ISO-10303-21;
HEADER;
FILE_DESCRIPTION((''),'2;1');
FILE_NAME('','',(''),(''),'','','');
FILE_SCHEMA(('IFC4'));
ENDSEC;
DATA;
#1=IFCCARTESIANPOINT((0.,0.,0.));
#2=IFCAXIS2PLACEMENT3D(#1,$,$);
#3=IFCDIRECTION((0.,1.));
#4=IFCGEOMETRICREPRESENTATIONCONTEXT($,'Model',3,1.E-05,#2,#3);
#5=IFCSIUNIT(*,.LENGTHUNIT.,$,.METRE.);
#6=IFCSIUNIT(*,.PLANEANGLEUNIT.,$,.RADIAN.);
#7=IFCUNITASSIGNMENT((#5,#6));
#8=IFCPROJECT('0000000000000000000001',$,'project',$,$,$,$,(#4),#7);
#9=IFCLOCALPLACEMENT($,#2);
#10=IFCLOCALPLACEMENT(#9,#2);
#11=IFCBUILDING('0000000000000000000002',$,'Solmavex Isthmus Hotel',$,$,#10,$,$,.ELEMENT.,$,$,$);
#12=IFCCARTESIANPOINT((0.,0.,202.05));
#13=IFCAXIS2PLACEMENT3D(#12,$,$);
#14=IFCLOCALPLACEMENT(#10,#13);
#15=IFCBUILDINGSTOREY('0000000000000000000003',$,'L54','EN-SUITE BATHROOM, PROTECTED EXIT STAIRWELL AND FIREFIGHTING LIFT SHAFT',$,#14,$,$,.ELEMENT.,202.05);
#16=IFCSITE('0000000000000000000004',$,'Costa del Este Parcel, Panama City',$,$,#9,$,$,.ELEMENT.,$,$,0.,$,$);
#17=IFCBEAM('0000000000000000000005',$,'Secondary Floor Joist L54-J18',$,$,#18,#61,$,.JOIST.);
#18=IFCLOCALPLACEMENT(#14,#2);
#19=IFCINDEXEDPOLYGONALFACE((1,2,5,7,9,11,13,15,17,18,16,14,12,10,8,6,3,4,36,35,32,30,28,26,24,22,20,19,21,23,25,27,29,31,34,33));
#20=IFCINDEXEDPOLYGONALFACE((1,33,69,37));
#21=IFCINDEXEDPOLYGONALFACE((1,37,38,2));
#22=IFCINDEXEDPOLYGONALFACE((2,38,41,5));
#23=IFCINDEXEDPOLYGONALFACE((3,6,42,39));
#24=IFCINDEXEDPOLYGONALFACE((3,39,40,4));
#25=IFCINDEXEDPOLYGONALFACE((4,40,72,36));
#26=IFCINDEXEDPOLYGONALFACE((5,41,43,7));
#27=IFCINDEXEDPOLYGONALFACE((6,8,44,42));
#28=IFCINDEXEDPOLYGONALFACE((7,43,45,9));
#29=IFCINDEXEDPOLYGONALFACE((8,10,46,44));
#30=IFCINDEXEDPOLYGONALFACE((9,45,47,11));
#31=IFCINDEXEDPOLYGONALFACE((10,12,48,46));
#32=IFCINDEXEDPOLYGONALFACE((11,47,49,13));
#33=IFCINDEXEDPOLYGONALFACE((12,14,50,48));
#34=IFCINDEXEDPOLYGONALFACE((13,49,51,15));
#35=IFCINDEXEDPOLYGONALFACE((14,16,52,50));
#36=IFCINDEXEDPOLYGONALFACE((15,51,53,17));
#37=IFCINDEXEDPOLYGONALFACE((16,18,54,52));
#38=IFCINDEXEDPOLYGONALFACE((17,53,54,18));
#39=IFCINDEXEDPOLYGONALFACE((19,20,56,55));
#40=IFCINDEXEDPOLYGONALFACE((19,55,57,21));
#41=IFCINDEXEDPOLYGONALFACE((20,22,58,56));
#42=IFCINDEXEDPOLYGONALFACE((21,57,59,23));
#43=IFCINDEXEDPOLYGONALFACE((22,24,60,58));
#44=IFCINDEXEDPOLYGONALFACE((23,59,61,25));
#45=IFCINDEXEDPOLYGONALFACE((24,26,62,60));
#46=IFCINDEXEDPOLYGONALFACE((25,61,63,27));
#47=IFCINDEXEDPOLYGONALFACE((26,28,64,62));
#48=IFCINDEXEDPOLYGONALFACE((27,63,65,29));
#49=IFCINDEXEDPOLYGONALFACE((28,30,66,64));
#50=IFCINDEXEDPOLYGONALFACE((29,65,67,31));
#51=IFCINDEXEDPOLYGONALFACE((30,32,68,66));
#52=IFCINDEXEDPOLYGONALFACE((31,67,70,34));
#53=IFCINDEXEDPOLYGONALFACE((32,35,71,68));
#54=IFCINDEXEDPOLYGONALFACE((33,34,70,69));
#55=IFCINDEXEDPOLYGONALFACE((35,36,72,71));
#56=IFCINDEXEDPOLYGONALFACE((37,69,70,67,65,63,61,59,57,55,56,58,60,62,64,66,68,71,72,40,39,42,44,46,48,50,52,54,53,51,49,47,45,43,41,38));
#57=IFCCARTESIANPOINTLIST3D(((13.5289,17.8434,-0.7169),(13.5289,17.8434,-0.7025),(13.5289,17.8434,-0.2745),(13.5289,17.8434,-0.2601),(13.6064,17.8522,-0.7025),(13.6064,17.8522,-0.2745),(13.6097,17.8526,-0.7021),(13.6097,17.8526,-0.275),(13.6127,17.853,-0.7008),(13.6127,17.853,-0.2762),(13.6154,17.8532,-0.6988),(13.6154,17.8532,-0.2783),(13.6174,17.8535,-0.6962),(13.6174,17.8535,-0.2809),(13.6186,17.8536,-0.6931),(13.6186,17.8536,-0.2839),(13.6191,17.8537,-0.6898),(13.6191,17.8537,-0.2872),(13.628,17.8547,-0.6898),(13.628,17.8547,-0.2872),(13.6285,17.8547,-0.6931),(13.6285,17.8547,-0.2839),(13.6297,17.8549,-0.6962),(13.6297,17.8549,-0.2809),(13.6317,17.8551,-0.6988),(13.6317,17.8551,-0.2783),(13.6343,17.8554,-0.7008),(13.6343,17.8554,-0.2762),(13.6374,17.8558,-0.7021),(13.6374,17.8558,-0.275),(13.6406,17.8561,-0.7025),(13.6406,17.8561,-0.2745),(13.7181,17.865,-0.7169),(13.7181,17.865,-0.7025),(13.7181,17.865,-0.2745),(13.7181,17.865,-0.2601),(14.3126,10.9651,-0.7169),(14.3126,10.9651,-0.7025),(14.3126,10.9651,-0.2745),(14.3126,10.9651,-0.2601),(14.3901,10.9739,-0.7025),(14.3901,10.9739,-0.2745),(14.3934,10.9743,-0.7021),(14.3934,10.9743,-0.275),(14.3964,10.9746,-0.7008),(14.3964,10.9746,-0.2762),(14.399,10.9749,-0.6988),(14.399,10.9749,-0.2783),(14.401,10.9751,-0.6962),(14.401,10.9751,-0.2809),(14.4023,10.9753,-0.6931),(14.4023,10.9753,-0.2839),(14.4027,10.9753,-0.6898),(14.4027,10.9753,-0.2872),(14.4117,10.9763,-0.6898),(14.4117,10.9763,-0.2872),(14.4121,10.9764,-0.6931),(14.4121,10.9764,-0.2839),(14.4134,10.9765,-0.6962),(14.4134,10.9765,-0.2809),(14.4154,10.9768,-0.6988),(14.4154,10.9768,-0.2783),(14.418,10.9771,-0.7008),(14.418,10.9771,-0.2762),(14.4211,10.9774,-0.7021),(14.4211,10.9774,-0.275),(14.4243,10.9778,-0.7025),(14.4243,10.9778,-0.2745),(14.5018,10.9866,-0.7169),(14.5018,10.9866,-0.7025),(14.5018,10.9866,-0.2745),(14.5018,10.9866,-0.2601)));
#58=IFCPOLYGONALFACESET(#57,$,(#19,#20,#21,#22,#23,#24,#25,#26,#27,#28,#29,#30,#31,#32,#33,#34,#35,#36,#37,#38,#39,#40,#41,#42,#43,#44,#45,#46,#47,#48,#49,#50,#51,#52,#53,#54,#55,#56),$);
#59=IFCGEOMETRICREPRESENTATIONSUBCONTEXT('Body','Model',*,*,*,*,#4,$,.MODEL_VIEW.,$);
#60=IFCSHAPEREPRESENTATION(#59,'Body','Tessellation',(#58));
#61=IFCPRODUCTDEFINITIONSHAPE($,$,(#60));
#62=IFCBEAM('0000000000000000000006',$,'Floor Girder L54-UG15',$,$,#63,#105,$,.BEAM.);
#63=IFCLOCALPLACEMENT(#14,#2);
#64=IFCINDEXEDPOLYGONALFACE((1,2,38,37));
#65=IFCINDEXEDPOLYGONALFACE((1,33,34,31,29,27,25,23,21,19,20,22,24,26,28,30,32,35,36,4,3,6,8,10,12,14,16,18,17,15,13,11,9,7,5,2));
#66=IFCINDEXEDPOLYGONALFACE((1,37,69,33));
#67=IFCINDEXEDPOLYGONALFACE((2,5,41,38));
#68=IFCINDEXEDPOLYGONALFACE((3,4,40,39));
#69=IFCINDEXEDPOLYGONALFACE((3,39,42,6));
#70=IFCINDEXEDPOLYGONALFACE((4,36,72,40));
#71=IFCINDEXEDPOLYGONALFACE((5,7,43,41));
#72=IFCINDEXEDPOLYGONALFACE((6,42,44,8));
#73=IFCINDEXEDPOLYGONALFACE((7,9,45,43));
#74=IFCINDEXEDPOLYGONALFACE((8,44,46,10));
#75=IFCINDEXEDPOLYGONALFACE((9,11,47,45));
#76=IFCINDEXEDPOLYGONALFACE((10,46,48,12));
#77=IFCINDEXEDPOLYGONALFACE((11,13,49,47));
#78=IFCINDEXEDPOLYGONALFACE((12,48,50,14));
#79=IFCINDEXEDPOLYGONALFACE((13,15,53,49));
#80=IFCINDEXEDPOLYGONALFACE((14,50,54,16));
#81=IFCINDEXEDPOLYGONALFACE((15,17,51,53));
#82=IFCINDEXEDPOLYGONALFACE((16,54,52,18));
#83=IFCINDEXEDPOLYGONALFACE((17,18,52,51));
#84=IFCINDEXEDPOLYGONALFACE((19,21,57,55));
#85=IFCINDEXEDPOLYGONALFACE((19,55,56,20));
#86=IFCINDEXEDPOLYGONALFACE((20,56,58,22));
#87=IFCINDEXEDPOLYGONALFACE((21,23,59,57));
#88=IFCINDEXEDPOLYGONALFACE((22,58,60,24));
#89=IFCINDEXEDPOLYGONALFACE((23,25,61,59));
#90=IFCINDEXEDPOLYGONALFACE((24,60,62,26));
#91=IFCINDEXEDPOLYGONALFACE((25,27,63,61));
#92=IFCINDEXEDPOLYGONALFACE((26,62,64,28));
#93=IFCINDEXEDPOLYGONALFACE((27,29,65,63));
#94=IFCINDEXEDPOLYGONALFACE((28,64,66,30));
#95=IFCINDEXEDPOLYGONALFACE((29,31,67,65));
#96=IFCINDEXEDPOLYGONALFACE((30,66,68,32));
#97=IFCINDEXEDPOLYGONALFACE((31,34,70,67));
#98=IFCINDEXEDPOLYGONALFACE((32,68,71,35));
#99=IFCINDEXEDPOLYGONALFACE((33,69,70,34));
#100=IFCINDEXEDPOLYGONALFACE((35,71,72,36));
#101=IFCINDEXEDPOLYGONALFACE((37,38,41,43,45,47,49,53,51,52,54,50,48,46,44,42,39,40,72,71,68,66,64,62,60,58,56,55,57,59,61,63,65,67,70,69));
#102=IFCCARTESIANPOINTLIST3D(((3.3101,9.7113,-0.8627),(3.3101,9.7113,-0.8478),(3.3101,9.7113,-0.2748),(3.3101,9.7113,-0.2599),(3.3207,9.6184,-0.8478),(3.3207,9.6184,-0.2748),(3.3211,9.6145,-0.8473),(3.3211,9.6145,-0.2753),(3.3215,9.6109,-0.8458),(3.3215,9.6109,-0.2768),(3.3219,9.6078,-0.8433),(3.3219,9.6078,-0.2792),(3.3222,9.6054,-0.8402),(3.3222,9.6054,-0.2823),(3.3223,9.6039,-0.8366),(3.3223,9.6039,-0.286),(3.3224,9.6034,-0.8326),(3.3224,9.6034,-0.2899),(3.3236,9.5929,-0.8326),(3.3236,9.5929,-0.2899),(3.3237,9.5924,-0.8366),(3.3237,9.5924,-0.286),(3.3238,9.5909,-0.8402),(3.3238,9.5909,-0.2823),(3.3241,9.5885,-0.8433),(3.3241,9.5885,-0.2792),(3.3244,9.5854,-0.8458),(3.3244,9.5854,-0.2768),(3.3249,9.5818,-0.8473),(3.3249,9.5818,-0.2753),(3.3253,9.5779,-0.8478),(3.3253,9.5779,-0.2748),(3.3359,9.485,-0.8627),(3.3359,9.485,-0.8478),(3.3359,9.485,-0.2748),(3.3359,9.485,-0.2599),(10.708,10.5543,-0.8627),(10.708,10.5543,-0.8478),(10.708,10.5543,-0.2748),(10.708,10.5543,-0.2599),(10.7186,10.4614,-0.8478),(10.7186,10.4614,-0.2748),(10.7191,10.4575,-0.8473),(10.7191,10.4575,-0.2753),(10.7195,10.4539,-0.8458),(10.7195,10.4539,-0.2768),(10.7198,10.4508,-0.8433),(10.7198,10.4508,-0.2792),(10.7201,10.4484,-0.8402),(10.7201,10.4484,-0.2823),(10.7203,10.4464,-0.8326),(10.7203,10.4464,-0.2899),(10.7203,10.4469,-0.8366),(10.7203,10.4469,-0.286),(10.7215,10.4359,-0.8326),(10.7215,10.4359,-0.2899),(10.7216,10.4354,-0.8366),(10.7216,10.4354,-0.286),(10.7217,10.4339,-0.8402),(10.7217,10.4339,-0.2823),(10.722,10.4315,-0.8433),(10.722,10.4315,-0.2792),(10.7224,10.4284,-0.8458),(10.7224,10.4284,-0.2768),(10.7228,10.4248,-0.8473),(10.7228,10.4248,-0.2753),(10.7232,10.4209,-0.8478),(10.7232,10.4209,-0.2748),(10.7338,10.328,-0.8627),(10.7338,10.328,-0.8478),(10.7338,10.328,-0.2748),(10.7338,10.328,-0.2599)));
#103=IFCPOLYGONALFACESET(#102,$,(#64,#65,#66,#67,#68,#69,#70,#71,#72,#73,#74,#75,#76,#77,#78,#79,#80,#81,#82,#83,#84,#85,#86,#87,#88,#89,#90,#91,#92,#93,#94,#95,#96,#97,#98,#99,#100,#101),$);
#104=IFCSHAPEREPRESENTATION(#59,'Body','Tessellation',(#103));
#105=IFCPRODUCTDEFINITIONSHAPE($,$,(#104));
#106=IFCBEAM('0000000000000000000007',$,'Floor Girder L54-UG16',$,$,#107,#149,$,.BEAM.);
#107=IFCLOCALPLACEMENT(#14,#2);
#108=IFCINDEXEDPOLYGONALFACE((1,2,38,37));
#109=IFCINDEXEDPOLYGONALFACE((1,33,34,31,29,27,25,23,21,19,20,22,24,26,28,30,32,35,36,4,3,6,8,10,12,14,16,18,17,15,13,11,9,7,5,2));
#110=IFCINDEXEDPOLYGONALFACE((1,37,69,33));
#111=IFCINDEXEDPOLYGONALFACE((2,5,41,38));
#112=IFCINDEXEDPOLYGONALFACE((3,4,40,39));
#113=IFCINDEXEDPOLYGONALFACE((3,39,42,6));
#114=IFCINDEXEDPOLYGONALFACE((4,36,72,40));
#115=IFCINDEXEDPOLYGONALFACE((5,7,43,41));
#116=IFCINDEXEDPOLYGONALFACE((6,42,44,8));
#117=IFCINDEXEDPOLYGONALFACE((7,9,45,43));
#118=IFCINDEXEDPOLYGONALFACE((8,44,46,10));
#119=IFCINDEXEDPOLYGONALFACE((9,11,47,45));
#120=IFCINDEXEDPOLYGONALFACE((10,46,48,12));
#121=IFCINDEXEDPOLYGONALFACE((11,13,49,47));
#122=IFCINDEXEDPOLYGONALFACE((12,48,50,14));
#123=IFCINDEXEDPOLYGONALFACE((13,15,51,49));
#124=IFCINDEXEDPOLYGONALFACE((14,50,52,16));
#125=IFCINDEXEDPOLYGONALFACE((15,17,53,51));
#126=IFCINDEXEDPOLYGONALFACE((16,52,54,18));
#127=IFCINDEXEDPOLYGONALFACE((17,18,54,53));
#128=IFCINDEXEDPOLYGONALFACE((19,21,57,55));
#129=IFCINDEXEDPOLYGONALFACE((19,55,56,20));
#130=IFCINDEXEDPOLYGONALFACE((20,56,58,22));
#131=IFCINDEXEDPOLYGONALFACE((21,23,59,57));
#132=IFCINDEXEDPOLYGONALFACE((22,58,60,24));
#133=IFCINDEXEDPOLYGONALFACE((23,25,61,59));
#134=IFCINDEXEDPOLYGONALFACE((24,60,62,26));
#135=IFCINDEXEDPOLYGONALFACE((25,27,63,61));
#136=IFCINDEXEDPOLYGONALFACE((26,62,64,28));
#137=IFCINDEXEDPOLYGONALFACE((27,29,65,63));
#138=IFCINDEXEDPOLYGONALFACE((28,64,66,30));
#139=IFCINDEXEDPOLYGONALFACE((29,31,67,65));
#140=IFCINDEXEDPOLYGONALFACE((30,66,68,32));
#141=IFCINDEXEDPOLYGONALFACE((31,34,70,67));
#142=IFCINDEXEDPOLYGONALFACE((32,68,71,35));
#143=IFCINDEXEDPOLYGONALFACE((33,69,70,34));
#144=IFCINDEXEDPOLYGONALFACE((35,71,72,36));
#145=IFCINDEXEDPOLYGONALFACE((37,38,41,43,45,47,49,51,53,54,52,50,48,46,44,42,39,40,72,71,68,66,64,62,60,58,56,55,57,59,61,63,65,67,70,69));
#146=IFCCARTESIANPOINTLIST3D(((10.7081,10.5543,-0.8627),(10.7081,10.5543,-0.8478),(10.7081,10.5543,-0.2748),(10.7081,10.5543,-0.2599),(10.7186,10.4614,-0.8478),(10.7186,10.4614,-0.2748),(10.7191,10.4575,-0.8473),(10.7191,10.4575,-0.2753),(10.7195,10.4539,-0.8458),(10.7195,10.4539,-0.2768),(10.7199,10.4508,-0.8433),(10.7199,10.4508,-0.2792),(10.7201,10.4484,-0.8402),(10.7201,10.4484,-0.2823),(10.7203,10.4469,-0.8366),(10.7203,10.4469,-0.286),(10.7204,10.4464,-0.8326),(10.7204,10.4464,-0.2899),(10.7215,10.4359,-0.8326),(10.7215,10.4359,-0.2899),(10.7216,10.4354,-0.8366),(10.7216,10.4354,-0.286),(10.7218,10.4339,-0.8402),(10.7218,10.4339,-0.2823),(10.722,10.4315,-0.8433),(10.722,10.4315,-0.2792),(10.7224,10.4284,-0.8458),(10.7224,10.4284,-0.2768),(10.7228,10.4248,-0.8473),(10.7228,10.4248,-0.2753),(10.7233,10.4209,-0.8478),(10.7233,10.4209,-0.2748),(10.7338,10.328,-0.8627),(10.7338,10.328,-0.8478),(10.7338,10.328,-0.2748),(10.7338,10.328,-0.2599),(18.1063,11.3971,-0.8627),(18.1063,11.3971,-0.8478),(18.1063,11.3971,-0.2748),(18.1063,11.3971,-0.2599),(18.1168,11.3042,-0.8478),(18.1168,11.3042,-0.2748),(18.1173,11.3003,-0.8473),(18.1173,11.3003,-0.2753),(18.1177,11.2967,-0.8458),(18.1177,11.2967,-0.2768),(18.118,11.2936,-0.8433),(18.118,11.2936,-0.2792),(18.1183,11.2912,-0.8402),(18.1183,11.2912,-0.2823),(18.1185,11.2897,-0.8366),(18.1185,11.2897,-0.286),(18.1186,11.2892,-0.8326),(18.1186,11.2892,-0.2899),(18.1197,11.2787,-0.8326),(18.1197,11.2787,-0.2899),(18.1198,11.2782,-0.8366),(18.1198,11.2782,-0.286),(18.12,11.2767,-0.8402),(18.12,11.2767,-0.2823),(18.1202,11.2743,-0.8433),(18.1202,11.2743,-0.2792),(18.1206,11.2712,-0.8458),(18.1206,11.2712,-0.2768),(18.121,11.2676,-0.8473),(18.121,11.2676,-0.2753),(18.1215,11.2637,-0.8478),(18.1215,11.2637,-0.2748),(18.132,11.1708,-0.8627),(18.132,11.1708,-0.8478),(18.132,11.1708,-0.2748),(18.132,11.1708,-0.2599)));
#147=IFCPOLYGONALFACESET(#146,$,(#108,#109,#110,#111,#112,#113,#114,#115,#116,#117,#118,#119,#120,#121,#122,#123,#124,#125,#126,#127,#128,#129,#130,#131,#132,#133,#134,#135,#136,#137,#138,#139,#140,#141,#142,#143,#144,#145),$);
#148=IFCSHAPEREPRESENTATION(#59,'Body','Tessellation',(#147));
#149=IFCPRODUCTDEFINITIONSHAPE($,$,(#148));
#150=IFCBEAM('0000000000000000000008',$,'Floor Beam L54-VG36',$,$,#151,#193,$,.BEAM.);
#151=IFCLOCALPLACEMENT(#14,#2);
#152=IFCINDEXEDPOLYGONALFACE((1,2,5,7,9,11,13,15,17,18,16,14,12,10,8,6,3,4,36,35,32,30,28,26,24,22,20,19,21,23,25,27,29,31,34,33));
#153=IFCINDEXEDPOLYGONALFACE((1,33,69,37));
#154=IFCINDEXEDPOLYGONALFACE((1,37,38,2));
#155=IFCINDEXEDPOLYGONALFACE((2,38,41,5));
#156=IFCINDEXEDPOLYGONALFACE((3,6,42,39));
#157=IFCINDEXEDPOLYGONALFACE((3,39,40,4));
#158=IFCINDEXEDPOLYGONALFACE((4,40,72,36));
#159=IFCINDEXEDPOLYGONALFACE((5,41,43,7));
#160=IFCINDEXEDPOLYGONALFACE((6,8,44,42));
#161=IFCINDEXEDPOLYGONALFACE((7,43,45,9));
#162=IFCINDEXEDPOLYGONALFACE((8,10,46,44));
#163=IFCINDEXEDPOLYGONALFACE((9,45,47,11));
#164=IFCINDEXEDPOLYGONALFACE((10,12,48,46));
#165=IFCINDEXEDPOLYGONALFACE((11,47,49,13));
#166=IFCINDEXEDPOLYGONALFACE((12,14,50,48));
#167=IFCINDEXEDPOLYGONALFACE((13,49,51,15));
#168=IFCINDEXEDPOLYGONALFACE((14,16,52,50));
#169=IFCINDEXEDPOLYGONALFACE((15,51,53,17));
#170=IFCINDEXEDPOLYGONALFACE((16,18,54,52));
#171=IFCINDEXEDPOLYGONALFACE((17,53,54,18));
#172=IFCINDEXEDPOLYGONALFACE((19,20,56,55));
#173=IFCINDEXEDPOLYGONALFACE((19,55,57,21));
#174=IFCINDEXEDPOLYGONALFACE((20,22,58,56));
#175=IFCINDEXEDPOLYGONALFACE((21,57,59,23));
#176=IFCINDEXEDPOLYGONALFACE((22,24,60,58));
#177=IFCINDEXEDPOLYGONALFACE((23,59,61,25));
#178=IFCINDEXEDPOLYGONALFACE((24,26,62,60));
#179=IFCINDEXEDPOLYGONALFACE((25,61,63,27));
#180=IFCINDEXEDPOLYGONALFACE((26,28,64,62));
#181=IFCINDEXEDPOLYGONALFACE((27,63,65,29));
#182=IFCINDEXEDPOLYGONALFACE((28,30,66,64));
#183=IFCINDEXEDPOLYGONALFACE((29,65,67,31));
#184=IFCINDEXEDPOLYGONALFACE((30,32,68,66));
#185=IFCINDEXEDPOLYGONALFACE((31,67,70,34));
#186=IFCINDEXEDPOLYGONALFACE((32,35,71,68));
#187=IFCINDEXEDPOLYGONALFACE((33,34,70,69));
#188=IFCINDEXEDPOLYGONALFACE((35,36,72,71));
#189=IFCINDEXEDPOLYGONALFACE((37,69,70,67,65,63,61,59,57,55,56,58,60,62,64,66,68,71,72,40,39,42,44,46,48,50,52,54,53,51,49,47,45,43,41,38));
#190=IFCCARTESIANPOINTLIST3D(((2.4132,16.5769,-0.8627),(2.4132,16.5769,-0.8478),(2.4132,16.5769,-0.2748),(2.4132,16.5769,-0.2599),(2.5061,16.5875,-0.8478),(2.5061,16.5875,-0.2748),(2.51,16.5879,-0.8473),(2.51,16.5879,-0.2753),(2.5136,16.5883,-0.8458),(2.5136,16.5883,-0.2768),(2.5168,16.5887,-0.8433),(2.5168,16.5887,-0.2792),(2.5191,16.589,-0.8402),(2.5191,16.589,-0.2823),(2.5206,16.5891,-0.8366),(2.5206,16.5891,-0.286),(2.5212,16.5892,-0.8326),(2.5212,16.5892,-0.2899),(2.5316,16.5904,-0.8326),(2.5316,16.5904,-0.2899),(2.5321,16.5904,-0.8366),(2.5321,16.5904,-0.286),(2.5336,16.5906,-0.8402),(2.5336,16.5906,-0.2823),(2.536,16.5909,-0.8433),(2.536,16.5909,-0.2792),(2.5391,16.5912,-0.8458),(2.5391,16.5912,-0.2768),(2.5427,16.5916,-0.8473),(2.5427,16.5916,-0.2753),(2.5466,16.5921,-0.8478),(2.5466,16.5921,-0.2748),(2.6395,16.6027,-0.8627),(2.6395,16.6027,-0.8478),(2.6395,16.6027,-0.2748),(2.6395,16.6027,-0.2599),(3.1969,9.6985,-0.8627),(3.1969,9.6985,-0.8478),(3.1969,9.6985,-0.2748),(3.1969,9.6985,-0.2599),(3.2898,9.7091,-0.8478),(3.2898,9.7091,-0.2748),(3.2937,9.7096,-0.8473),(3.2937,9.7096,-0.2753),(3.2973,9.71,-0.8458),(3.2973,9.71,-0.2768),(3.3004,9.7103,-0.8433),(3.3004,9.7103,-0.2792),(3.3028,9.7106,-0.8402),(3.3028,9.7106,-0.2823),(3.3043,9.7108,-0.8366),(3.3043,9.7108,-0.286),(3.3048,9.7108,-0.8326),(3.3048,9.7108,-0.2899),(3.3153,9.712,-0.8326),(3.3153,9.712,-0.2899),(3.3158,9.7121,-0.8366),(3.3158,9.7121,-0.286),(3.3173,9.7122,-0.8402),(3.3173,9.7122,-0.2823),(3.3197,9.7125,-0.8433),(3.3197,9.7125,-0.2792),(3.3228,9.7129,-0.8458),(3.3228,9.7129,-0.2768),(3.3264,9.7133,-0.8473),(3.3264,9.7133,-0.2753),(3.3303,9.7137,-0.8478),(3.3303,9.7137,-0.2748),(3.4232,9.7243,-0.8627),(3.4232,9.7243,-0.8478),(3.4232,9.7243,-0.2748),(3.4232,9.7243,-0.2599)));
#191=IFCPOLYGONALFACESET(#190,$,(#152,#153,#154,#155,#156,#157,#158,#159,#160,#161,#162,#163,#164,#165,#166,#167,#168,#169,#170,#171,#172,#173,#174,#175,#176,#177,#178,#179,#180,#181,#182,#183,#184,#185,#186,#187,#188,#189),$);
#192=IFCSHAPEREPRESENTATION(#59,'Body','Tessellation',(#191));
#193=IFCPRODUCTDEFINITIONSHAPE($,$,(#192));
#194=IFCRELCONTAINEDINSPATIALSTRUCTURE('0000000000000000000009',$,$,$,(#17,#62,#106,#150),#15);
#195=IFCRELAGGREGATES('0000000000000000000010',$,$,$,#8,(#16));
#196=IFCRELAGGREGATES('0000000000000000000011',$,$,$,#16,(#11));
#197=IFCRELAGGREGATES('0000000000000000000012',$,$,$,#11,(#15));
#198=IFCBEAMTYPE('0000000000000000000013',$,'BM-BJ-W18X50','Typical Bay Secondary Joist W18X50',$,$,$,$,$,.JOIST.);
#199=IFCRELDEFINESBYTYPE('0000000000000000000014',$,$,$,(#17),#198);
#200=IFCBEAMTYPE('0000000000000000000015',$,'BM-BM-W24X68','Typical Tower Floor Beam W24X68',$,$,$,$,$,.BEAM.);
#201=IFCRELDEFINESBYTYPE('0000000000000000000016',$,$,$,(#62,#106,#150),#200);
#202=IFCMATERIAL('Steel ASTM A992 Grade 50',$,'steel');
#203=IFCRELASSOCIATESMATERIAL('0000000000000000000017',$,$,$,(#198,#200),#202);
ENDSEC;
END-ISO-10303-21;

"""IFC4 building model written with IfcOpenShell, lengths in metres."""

from ifc_helpers import new_model, si_unit, direction, frame, origin, origin_2d, place, context, subcontext, project, spatial, i_section, extrude, material, material_profile, profile_set, type_object, element, save


model = new_model("IFC4")

# Units and contexts
model_context = context("Model", 3, precision=1e-05, world=origin(), true_north=direction((0.0, 1.0)))
body_context = subcontext(model_context, "Body", "Model", "MODEL_VIEW")
ifc_project = project(units=[si_unit("LENGTHUNIT", "METRE"), si_unit("PLANEANGLEUNIT", "RADIAN")], contexts=[model_context])

# Site, building, storey
site_placement = place(None, origin())
site = spatial("IfcSite", under=ifc_project, at=site_placement, Name="Costa del Este Parcel, Panama City", CompositionType="ELEMENT", RefElevation=0.0)
building_placement = place(site_placement, origin())
building = spatial("IfcBuilding", under=site, at=building_placement, Name="Solmavex Isthmus Hotel", CompositionType="ELEMENT")
storey_placement = place(building_placement, frame((0.0, 0.0, 202.05)))
storey = spatial("IfcBuildingStorey", under=building, at=storey_placement, Name="L54", Description="EN-SUITE BATHROOM, PROTECTED EXIT STAIRWELL AND FIREFIGHTING LIFT SHAFT", CompositionType="ELEMENT", Elevation=202.05)

# Beams
ifc_material_1 = material(Name="Steel ASTM A992 Grade 50", Category="steel")
ifc_material_profile_1 = material_profile(ifc_material_1, i_section(OverallWidth=0.1904, OverallDepth=0.4568, WebThickness=0.009, FlangeThickness=0.0144, FilletRadius=0.0127, at=origin_2d()), Name="W18X50")
ifc_profile_set_1 = profile_set([ifc_material_profile_1], Name="Steel ASTM A992 Grade 50")
beam_type_1 = type_object("IfcBeamType", Name="BM-BJ-W18X50", Description="Typical Bay Secondary Joist W18X50", PredefinedType="JOIST", material=ifc_profile_set_1)
for number, where, z_axis, x_axis, name in (
    (1, (14.4072, 10.9758, -0.4885), (-0.113202, 0.993572, 0.0), (-0.993572, -0.113202, 0.0), "Secondary Floor Joist L54-J18"),
):
    element("IfcBeam", number, at=place(storey_placement, frame(where, z_axis=z_axis, x_axis=x_axis)), inside=storey, type_object=beam_type_1, Name=name, PredefinedType="JOIST", context=body_context, shape_type="SweptSolid", body=[
        extrude(i_section(OverallWidth=0.1904, OverallDepth=0.4568, WebThickness=0.009, FlangeThickness=0.0144, FilletRadius=0.0127, at=origin_2d()), origin(), (0.0, 0.0, 1.0), 6.9229),
    ])
ifc_material_profile_2 = material_profile(ifc_material_1, i_section(OverallWidth=0.2278, OverallDepth=0.6028, WebThickness=0.0105, FlangeThickness=0.0149, FilletRadius=0.0151, at=origin_2d()), Name="W24X68")
ifc_profile_set_2 = profile_set([ifc_material_profile_2], Name="Steel ASTM A992 Grade 50")
beam_type_2 = type_object("IfcBeamType", Name="BM-BM-W24X68", Description="Typical Tower Floor Beam W24X68", PredefinedType="BEAM", material=ifc_profile_set_2)
beam_1_placement = place(storey_placement, frame((3.323, 9.5981, -0.5613), z_axis=(0.99357, 0.11322, 0.0), x_axis=(-0.11322, 0.99357, 0.0)))
element("IfcBeam", 2, at=beam_1_placement, inside=storey, type_object=beam_type_2, Name="Floor Girder L54-UG15", PredefinedType="BEAM", context=body_context, shape_type="SweptSolid", body=[
    extrude(i_section(OverallWidth=0.2278, OverallDepth=0.6028, WebThickness=0.0105, FlangeThickness=0.0149, FilletRadius=0.0151, at=origin_2d()), origin(), (0.0, 0.0, 1.0), 7.4458),
])
beam_2_placement = place(storey_placement, frame((10.7209, 10.4412, -0.5613), z_axis=(0.993574, 0.113184, 0.0), x_axis=(-0.113184, 0.993574, 0.0)))
element("IfcBeam", 3, at=beam_2_placement, inside=storey, type_object=beam_type_2, Name="Floor Girder L54-UG16", PredefinedType="BEAM", context=body_context, shape_type="SweptSolid", body=[
    extrude(i_section(OverallWidth=0.2278, OverallDepth=0.6028, WebThickness=0.0105, FlangeThickness=0.0149, FilletRadius=0.0151, at=origin_2d()), origin(), (0.0, 0.0, 1.0), 7.446),
])
for number, where, z_axis, x_axis, name in (
    (4, (3.3101, 9.7114, -0.5613), (-0.113202, 0.993572, 0.0), (-0.993572, -0.113202, 0.0), "Floor Beam L54-VG36"),
):
    element("IfcBeam", number, at=place(storey_placement, frame(where, z_axis=z_axis, x_axis=x_axis)), inside=storey, type_object=beam_type_2, Name=name, PredefinedType="BEAM", context=body_context, shape_type="SweptSolid", body=[
        extrude(i_section(OverallWidth=0.2278, OverallDepth=0.6028, WebThickness=0.0105, FlangeThickness=0.0149, FilletRadius=0.0151, at=origin_2d()), origin(), (0.0, 0.0, 1.0), 6.9229),
    ])

save(model, "model.ifc")
